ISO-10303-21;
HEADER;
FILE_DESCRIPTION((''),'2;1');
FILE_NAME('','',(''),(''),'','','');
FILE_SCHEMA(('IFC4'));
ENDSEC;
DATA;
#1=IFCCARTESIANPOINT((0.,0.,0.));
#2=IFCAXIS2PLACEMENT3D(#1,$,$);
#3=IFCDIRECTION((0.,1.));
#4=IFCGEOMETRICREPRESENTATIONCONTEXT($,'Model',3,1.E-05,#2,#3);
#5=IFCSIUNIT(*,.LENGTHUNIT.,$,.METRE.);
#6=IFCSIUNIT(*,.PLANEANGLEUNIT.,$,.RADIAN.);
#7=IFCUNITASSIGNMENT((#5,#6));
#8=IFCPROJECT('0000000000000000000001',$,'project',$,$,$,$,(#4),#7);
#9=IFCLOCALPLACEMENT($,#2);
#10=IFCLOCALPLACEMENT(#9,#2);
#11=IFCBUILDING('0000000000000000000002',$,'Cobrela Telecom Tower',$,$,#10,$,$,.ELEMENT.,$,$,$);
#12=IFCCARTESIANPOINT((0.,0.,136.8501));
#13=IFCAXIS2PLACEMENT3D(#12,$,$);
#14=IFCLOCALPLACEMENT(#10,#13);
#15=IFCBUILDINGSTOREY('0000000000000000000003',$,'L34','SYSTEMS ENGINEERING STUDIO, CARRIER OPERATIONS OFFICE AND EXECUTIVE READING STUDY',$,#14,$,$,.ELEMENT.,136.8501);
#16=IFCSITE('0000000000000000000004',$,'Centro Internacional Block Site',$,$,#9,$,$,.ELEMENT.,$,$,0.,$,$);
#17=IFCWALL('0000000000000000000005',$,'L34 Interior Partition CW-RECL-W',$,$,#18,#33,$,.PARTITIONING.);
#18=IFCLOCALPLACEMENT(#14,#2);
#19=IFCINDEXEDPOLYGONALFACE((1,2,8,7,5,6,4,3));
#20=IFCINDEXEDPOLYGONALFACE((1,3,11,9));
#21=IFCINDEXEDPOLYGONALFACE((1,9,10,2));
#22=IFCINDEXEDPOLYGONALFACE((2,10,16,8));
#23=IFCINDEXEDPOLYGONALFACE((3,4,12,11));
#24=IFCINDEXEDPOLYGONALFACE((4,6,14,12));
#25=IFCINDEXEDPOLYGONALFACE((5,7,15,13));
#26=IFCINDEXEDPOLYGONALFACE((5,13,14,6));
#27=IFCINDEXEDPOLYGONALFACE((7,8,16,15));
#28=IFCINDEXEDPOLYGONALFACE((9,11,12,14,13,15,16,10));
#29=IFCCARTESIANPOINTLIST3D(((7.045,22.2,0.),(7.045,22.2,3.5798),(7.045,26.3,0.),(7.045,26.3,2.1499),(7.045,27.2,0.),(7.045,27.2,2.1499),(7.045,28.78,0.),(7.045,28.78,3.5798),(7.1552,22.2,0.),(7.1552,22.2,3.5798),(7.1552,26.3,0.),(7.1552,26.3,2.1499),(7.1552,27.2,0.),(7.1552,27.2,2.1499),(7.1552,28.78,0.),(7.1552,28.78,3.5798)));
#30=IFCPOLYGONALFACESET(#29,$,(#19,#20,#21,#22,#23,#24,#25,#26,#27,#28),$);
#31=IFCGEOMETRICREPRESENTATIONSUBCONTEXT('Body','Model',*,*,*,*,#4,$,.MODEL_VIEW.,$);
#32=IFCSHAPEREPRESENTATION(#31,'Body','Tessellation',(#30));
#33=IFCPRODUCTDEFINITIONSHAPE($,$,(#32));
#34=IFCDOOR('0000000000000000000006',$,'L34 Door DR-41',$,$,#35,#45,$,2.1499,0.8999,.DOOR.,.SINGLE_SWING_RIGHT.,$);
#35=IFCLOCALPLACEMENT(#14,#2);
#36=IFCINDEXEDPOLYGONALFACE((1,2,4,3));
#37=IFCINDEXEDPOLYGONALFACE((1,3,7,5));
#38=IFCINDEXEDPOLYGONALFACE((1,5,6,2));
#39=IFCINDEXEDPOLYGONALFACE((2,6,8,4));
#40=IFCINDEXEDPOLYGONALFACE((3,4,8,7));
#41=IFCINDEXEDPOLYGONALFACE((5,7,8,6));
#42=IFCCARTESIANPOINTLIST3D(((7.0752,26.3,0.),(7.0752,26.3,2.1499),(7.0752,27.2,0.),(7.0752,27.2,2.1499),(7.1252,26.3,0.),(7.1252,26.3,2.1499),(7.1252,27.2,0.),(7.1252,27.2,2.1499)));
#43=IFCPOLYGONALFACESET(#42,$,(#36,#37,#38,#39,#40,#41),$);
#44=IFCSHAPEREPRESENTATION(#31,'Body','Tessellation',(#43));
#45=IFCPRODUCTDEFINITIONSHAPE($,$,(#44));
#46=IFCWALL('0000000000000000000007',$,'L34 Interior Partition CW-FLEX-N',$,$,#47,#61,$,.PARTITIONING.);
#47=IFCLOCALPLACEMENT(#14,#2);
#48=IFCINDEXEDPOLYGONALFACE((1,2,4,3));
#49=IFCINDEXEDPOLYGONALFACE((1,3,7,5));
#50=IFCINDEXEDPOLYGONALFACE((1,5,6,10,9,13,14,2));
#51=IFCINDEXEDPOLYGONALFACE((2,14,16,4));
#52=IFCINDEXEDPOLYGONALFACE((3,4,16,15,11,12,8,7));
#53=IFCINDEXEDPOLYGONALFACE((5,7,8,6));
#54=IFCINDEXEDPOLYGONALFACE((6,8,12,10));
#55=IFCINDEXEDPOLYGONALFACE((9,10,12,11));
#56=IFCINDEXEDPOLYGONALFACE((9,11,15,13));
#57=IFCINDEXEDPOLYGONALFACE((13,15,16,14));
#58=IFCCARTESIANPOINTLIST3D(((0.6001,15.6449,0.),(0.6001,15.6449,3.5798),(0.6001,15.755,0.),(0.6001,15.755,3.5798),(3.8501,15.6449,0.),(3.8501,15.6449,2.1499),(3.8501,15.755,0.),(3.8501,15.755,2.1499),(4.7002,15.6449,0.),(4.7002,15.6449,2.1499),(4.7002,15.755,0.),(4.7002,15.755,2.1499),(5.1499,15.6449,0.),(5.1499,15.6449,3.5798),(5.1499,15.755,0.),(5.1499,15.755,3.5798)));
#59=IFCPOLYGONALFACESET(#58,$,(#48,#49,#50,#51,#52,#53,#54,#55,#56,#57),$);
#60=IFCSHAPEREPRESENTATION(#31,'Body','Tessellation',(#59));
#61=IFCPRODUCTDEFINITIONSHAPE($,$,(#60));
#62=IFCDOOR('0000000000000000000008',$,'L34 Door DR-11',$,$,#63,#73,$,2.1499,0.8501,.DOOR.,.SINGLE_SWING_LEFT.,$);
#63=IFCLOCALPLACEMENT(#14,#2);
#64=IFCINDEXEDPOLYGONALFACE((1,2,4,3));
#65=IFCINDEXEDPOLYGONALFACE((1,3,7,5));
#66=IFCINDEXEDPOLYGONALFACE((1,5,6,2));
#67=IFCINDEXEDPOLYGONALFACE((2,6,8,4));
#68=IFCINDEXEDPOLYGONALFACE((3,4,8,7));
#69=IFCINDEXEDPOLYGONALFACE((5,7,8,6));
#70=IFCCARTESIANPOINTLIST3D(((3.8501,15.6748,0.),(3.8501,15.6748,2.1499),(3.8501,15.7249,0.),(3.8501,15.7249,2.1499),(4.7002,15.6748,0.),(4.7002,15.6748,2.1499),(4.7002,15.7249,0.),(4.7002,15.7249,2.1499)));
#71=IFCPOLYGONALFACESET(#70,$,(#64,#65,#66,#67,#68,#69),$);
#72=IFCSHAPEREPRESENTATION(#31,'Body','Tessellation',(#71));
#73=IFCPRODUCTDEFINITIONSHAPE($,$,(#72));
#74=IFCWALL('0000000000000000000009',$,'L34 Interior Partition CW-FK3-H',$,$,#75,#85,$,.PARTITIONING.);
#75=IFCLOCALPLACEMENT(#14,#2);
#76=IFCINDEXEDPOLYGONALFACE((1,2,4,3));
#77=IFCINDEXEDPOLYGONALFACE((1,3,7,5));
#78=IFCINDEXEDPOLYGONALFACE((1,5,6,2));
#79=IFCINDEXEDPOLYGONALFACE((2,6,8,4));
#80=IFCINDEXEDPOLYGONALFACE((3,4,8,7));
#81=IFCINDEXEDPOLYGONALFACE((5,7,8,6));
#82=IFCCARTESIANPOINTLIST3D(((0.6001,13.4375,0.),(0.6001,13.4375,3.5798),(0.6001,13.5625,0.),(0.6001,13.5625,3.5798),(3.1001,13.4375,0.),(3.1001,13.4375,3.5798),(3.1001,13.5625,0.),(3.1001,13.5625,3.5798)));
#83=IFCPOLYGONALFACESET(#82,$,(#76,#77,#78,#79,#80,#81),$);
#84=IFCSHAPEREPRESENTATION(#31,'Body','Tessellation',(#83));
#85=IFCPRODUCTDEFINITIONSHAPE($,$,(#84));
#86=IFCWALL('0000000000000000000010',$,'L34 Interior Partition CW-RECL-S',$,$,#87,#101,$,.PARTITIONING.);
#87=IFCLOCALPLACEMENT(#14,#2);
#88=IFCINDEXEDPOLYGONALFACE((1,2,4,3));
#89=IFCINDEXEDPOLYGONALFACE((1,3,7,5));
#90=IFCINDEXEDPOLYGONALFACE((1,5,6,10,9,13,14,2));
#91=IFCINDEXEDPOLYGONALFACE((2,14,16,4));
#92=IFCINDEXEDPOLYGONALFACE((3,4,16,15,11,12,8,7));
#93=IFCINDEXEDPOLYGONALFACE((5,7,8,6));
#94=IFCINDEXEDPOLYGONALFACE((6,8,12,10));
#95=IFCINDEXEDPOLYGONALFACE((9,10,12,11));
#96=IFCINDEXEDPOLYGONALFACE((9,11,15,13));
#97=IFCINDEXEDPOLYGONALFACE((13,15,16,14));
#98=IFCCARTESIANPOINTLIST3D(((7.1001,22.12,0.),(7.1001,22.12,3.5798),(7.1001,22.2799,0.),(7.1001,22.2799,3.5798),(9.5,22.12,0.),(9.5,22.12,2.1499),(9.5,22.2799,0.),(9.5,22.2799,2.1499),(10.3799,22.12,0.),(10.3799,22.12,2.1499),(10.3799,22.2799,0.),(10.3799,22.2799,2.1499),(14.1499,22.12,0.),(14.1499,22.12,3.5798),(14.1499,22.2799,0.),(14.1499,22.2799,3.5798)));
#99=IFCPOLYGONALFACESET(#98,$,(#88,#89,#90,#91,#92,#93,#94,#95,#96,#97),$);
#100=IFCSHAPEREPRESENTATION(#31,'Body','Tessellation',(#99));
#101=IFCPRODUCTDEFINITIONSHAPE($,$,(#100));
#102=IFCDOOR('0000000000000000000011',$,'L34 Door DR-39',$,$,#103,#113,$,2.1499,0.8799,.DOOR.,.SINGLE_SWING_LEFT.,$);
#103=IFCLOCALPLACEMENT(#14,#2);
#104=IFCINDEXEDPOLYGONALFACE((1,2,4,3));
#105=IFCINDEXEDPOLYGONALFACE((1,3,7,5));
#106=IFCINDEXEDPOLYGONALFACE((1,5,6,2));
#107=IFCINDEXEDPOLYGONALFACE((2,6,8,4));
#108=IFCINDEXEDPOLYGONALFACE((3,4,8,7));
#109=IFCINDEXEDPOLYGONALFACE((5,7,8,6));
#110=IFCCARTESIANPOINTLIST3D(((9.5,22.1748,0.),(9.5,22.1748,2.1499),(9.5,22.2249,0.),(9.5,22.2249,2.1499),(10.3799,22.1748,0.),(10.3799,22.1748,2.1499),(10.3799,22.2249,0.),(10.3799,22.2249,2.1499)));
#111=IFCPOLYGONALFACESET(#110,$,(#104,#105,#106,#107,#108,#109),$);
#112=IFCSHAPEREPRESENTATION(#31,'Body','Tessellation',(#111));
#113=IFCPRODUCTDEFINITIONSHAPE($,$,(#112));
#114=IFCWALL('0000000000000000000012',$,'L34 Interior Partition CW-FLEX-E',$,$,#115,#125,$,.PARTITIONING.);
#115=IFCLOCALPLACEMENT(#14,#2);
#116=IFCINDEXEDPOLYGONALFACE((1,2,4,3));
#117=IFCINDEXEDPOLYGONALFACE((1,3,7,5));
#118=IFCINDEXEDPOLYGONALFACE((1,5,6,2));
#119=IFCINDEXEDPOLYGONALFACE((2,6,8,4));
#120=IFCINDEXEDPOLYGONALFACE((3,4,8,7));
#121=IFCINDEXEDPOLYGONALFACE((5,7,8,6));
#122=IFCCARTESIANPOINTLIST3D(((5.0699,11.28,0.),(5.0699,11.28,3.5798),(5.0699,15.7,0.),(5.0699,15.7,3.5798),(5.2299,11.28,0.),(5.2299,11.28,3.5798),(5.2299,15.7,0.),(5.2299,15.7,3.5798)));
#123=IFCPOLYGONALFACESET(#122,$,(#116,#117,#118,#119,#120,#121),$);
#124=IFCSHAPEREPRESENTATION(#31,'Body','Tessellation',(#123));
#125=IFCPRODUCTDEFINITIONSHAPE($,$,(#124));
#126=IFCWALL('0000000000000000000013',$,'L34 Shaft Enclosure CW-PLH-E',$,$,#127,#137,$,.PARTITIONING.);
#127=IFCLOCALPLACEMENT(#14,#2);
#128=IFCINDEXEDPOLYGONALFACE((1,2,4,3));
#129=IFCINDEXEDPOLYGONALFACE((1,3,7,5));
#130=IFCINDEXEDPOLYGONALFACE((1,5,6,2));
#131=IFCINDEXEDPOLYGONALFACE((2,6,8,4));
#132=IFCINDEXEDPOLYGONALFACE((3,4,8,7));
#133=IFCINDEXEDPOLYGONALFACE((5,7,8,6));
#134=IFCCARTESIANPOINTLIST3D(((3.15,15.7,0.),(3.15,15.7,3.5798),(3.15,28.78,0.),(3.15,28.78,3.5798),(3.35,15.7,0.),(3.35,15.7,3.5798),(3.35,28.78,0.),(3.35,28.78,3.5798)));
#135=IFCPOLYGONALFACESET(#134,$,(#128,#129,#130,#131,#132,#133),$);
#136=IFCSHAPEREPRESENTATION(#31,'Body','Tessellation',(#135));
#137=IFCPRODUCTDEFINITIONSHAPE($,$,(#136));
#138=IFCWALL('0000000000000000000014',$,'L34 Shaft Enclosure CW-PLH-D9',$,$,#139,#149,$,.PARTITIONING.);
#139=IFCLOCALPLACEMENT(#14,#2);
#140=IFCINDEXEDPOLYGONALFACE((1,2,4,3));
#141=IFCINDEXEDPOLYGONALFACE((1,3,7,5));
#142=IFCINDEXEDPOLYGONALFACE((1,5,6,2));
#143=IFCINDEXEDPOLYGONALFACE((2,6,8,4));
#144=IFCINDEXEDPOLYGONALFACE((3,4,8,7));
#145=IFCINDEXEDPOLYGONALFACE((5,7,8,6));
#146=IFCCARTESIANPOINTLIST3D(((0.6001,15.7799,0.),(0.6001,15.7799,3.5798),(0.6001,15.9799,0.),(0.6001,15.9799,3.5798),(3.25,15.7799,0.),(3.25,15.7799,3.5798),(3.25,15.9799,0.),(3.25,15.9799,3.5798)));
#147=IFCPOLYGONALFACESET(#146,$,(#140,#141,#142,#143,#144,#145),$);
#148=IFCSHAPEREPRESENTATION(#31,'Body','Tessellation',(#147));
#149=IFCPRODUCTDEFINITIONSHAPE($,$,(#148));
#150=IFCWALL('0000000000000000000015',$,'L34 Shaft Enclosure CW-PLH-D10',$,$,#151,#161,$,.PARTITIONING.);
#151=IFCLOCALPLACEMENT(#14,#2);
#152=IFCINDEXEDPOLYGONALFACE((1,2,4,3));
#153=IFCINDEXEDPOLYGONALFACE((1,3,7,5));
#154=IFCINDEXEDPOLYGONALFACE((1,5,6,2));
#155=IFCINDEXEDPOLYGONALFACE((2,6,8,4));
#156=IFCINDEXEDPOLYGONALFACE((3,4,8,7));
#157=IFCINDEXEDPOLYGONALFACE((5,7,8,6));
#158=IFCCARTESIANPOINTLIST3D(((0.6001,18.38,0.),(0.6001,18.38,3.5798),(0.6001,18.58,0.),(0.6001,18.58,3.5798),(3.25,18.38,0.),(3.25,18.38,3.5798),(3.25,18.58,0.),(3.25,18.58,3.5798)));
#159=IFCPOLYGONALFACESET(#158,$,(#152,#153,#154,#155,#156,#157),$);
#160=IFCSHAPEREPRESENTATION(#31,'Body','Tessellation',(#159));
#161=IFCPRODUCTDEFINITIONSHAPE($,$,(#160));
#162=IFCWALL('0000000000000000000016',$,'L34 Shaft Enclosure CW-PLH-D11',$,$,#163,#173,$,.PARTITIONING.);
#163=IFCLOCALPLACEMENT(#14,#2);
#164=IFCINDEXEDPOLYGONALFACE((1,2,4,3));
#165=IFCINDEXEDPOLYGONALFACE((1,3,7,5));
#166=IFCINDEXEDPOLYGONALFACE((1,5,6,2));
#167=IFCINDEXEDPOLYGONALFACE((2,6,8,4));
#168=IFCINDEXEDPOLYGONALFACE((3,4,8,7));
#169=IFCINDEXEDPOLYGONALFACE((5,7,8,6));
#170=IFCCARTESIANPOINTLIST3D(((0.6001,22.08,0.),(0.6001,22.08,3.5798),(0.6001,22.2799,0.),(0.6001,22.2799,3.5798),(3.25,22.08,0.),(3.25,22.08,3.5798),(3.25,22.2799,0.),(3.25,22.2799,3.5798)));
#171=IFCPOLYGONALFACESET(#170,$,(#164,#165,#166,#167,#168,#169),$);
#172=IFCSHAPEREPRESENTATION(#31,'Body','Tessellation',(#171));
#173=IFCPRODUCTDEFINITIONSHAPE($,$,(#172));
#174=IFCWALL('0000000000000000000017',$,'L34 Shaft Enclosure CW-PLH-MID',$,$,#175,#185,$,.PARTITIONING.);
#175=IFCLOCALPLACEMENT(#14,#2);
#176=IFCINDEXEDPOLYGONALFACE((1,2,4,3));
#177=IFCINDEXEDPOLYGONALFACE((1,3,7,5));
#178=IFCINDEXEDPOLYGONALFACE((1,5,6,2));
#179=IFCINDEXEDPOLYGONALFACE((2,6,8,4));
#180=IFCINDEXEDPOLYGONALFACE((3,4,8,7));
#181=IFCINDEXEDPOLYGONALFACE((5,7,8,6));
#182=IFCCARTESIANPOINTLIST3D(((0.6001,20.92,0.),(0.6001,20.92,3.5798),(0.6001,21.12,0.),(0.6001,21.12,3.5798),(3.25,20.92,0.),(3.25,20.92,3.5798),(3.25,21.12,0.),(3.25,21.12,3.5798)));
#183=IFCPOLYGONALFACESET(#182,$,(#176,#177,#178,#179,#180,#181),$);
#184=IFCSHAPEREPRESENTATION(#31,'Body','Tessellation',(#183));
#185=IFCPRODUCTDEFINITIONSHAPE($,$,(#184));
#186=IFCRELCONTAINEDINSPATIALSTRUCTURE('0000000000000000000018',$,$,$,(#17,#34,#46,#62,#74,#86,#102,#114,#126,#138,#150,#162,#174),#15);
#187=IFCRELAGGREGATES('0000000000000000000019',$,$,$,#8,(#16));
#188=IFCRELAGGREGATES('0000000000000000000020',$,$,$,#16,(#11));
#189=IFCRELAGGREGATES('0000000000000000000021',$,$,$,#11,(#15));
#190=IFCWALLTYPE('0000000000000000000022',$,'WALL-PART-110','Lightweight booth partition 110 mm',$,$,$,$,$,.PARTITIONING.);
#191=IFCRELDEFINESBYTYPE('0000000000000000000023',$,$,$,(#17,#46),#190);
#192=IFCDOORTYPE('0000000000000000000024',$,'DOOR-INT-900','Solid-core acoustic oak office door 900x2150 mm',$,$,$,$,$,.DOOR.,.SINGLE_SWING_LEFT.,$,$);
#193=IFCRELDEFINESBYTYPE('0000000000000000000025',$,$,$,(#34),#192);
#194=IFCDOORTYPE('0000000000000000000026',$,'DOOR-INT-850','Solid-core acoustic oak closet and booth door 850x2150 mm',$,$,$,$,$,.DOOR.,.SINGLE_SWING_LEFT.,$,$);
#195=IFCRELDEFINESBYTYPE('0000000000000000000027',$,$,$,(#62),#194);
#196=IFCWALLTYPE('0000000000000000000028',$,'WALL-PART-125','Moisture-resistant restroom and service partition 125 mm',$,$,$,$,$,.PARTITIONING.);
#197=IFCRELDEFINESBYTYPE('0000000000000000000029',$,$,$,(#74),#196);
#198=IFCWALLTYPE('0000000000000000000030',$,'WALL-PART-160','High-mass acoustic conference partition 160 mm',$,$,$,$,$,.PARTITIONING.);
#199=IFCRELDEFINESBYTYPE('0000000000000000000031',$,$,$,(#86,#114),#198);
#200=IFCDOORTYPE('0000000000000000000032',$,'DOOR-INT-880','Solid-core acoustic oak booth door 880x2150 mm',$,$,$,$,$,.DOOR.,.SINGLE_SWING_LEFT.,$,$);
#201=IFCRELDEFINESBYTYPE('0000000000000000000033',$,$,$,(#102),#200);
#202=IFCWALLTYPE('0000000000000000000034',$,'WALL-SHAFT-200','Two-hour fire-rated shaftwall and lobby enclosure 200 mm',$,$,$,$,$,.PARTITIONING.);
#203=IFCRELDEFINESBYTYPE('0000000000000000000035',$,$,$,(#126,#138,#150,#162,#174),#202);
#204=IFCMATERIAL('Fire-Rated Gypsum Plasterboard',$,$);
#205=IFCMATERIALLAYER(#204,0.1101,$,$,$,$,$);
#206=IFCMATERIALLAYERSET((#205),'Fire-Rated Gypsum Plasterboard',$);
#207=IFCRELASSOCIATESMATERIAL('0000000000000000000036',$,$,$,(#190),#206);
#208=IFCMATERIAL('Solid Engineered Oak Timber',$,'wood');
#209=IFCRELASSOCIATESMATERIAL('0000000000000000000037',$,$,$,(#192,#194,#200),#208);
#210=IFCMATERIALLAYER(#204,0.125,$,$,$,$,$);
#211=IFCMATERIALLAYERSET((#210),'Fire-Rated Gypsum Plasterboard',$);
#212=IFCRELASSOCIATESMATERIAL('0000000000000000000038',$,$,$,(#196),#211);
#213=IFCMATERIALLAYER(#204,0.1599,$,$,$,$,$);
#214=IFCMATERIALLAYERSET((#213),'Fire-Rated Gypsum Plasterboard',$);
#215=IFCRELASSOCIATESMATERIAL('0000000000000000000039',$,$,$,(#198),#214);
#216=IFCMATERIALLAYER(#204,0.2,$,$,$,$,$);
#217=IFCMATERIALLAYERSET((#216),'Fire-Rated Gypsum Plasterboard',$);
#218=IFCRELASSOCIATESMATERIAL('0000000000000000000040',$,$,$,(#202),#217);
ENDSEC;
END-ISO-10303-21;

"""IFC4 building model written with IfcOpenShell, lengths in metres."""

from ifc_helpers import new_model, si_unit, direction, frame, frame_2d, origin, place, context, subcontext, project, spatial, rectangle, extrude, material, layer, layer_set, type_object, element, fill, save


model = new_model("IFC4")

# Units and contexts
model_context = context("Model", 3, precision=1e-05, world=origin(), true_north=direction((0.0, 1.0)))
body_context = subcontext(model_context, "Body", "Model", "MODEL_VIEW")
ifc_project = project(units=[si_unit("LENGTHUNIT", "METRE"), si_unit("PLANEANGLEUNIT", "RADIAN")], contexts=[model_context])

# Site, building, storey
site_placement = place(None, origin())
site = spatial("IfcSite", under=ifc_project, at=site_placement, Name="Centro Internacional Block Site", CompositionType="ELEMENT", RefElevation=0.0)
building_placement = place(site_placement, origin())
building = spatial("IfcBuilding", under=site, at=building_placement, Name="Cobrela Telecom Tower", CompositionType="ELEMENT")
storey_placement = place(building_placement, frame((0.0, 0.0, 136.8501)))
storey = spatial("IfcBuildingStorey", under=building, at=storey_placement, Name="L34", Description="SYSTEMS ENGINEERING STUDIO, CARRIER OPERATIONS OFFICE AND EXECUTIVE READING STUDY", CompositionType="ELEMENT", Elevation=136.8501)

# Walls, openings, doors
ifc_material_1 = material(Name="Fire-Rated Gypsum Plasterboard")
ifc_layer_1 = layer(ifc_material_1, 0.1101)
ifc_layer_set_1 = layer_set([ifc_layer_1], Name="Fire-Rated Gypsum Plasterboard")
wall_type_1 = type_object("IfcWallType", Name="WALL-PART-110", Description="Lightweight booth partition 110 mm", PredefinedType="PARTITIONING", material=ifc_layer_set_1)
wall_1_placement = place(storey_placement, frame((7.1001, 22.2, 0.0), z_axis=(0.0, 0.0, 1.0), x_axis=(0.0, 1.0, 0.0)))
wall_1 = element("IfcWall", 1, at=wall_1_placement, inside=storey, type_object=wall_type_1, Name="L34 Interior Partition CW-RECL-W", PredefinedType="PARTITIONING", context=body_context, shape_type="SweptSolid", body=[
    extrude(rectangle(XDim=6.5801, YDim=0.1101, at=frame_2d((3.29, 0.0))), origin(), (0.0, 0.0, 1.0), 3.5798),
])
opening_1_placement = place(wall_1_placement, frame((4.1001, 0.0, 0.0)))
opening_1 = element("IfcOpeningElement", 2, at=opening_1_placement, cuts=wall_1, PredefinedType="OPENING", context=body_context, shape_type="SweptSolid", body=[
    extrude(rectangle(XDim=0.8999, YDim=2.1499, at=frame_2d((0.45, 1.075))), frame((0.0, 0.0669, 0.0), z_axis=(0.0, -1.0, 0.0), x_axis=(1.0, 0.0, 0.0)), (0.0, 0.0, 1.0), 0.134),
])
ifc_material_2 = material(Name="Solid Engineered Oak Timber", Category="wood")
door_type_1 = type_object("IfcDoorType", Name="DOOR-INT-900", Description="Solid-core acoustic oak office door 900x2150 mm", OperationType="SINGLE_SWING_LEFT", PredefinedType="DOOR", material=ifc_material_2)
door_1_placement = place(opening_1_placement, origin())
door_1 = element("IfcDoor", 3, at=door_1_placement, inside=storey, type_object=door_type_1, Name="L34 Door DR-41", OperationType="SINGLE_SWING_RIGHT", OverallHeight=2.1499, OverallWidth=0.8999, PredefinedType="DOOR", context=body_context, shape_type="SweptSolid", body=[
    extrude(rectangle(XDim=0.8999, YDim=2.1499, at=frame_2d((0.45, 1.075))), frame((0.0, 0.0249, 0.0), z_axis=(0.0, -1.0, 0.0), x_axis=(1.0, 0.0, 0.0)), (0.0, 0.0, 1.0), 0.05),
])
fill(opening_1, door_1)
wall_2_placement = place(storey_placement, frame((0.6001, 15.7, 0.0), z_axis=(0.0, 0.0, 1.0), x_axis=(1.0, 0.0, 0.0)))
wall_2 = element("IfcWall", 4, at=wall_2_placement, inside=storey, type_object=wall_type_1, Name="L34 Interior Partition CW-FLEX-N", PredefinedType="PARTITIONING", context=body_context, shape_type="SweptSolid", body=[
    extrude(rectangle(XDim=4.5498, YDim=0.1101, at=frame_2d((2.2749, 0.0))), origin(), (0.0, 0.0, 1.0), 3.5798),
])
opening_2_placement = place(wall_2_placement, frame((3.25, 0.0, 0.0)))
opening_2 = element("IfcOpeningElement", 5, at=opening_2_placement, cuts=wall_2, PredefinedType="OPENING", context=body_context, shape_type="SweptSolid", body=[
    extrude(rectangle(XDim=0.8501, YDim=2.1499, at=frame_2d((0.425, 1.075))), frame((0.0, 0.0669, 0.0), z_axis=(0.0, -1.0, 0.0), x_axis=(1.0, 0.0, 0.0)), (0.0, 0.0, 1.0), 0.134),
])
door_type_2 = type_object("IfcDoorType", Name="DOOR-INT-850", Description="Solid-core acoustic oak closet and booth door 850x2150 mm", OperationType="SINGLE_SWING_LEFT", PredefinedType="DOOR", material=ifc_material_2)
door_2_placement = place(opening_2_placement, origin())
door_2 = element("IfcDoor", 6, at=door_2_placement, inside=storey, type_object=door_type_2, Name="L34 Door DR-11", OperationType="SINGLE_SWING_LEFT", OverallHeight=2.1499, OverallWidth=0.8501, PredefinedType="DOOR", context=body_context, shape_type="SweptSolid", body=[
    extrude(rectangle(XDim=0.8501, YDim=2.1499, at=frame_2d((0.425, 1.075))), frame((0.0, 0.0249, 0.0), z_axis=(0.0, -1.0, 0.0), x_axis=(1.0, 0.0, 0.0)), (0.0, 0.0, 1.0), 0.05),
])
fill(opening_2, door_2)

# Wall
ifc_layer_2 = layer(ifc_material_1, 0.125)
ifc_layer_set_2 = layer_set([ifc_layer_2], Name="Fire-Rated Gypsum Plasterboard")
wall_type_2 = type_object("IfcWallType", Name="WALL-PART-125", Description="Moisture-resistant restroom and service partition 125 mm", PredefinedType="PARTITIONING", material=ifc_layer_set_2)
wall_3_placement = place(storey_placement, frame((0.6001, 13.5, 0.0), z_axis=(0.0, 0.0, 1.0), x_axis=(1.0, 0.0, 0.0)))
element("IfcWall", 7, at=wall_3_placement, inside=storey, type_object=wall_type_2, Name="L34 Interior Partition CW-FK3-H", PredefinedType="PARTITIONING", context=body_context, shape_type="SweptSolid", body=[
    extrude(rectangle(XDim=2.5, YDim=0.125, at=frame_2d((1.25, 0.0))), origin(), (0.0, 0.0, 1.0), 3.5798),
])

# Wall, opening, door
ifc_layer_3 = layer(ifc_material_1, 0.1599)
ifc_layer_set_3 = layer_set([ifc_layer_3], Name="Fire-Rated Gypsum Plasterboard")
wall_type_3 = type_object("IfcWallType", Name="WALL-PART-160", Description="High-mass acoustic conference partition 160 mm", PredefinedType="PARTITIONING", material=ifc_layer_set_3)
wall_4_placement = place(storey_placement, frame((7.1001, 22.2, 0.0), z_axis=(0.0, 0.0, 1.0), x_axis=(1.0, 0.0, 0.0)))
wall_4 = element("IfcWall", 8, at=wall_4_placement, inside=storey, type_object=wall_type_3, Name="L34 Interior Partition CW-RECL-S", PredefinedType="PARTITIONING", context=body_context, shape_type="SweptSolid", body=[
    extrude(rectangle(XDim=7.0498, YDim=0.1599, at=frame_2d((3.5249, 0.0))), origin(), (0.0, 0.0, 1.0), 3.5798),
])
opening_3_placement = place(wall_4_placement, frame((2.3999, 0.0, 0.0)))
opening_3 = element("IfcOpeningElement", 9, at=opening_3_placement, cuts=wall_4, PredefinedType="OPENING", context=body_context, shape_type="SweptSolid", body=[
    extrude(rectangle(XDim=0.8799, YDim=2.1499, at=frame_2d((0.4399, 1.075))), frame((0.0, 0.0918, 0.0), z_axis=(0.0, -1.0, 0.0), x_axis=(1.0, 0.0, 0.0)), (0.0, 0.0, 1.0), 0.1838),
])
door_type_3 = type_object("IfcDoorType", Name="DOOR-INT-880", Description="Solid-core acoustic oak booth door 880x2150 mm", OperationType="SINGLE_SWING_LEFT", PredefinedType="DOOR", material=ifc_material_2)
door_3_placement = place(opening_3_placement, origin())
door_3 = element("IfcDoor", 10, at=door_3_placement, inside=storey, type_object=door_type_3, Name="L34 Door DR-39", OperationType="SINGLE_SWING_LEFT", OverallHeight=2.1499, OverallWidth=0.8799, PredefinedType="DOOR", context=body_context, shape_type="SweptSolid", body=[
    extrude(rectangle(XDim=0.8799, YDim=2.1499, at=frame_2d((0.4399, 1.075))), frame((0.0, 0.0249, 0.0), z_axis=(0.0, -1.0, 0.0), x_axis=(1.0, 0.0, 0.0)), (0.0, 0.0, 1.0), 0.05),
])
fill(opening_3, door_3)

# Walls
wall_5_placement = place(storey_placement, frame((5.1499, 11.28, 0.0), z_axis=(0.0, 0.0, 1.0), x_axis=(0.0, 1.0, 0.0)))
element("IfcWall", 11, at=wall_5_placement, inside=storey, type_object=wall_type_3, Name="L34 Interior Partition CW-FLEX-E", PredefinedType="PARTITIONING", context=body_context, shape_type="SweptSolid", body=[
    extrude(rectangle(XDim=4.4199, YDim=0.1599, at=frame_2d((2.21, 0.0))), origin(), (0.0, 0.0, 1.0), 3.5798),
])
ifc_layer_4 = layer(ifc_material_1, 0.2)
ifc_layer_set_4 = layer_set([ifc_layer_4], Name="Fire-Rated Gypsum Plasterboard")
wall_type_4 = type_object("IfcWallType", Name="WALL-SHAFT-200", Description="Two-hour fire-rated shaftwall and lobby enclosure 200 mm", PredefinedType="PARTITIONING", material=ifc_layer_set_4)
wall_6_placement = place(storey_placement, frame((3.25, 15.7, 0.0), z_axis=(0.0, 0.0, 1.0), x_axis=(0.0, 1.0, 0.0)))
element("IfcWall", 12, at=wall_6_placement, inside=storey, type_object=wall_type_4, Name="L34 Shaft Enclosure CW-PLH-E", PredefinedType="PARTITIONING", context=body_context, shape_type="SweptSolid", body=[
    extrude(rectangle(XDim=13.0801, YDim=0.2, at=frame_2d((6.54, 0.0))), origin(), (0.0, 0.0, 1.0), 3.5798),
])
for number, where, z_axis, x_axis, name in (
    (13, (0.6001, 15.8799, 0.0), (0.0, 0.0, 1.0), (1.0, 0.0, 0.0), "L34 Shaft Enclosure CW-PLH-D9"),
    (14, (0.6001, 18.48, 0.0), (0.0, 0.0, 1.0), (1.0, 0.0, 0.0), "L34 Shaft Enclosure CW-PLH-D10"),
    (15, (0.6001, 22.1799, 0.0), (0.0, 0.0, 1.0), (1.0, 0.0, 0.0), "L34 Shaft Enclosure CW-PLH-D11"),
    (16, (0.6001, 21.02, 0.0), (0.0, 0.0, 1.0), (1.0, 0.0, 0.0), "L34 Shaft Enclosure CW-PLH-MID"),
):
    element("IfcWall", number, at=place(storey_placement, frame(where, z_axis=z_axis, x_axis=x_axis)), inside=storey, type_object=wall_type_4, Name=name, PredefinedType="PARTITIONING", context=body_context, shape_type="SweptSolid", body=[
        extrude(rectangle(XDim=2.6499, YDim=0.2, at=frame_2d((1.325, 0.0))), origin(), (0.0, 0.0, 1.0), 3.5798),
    ])

save(model, "model.ifc")
